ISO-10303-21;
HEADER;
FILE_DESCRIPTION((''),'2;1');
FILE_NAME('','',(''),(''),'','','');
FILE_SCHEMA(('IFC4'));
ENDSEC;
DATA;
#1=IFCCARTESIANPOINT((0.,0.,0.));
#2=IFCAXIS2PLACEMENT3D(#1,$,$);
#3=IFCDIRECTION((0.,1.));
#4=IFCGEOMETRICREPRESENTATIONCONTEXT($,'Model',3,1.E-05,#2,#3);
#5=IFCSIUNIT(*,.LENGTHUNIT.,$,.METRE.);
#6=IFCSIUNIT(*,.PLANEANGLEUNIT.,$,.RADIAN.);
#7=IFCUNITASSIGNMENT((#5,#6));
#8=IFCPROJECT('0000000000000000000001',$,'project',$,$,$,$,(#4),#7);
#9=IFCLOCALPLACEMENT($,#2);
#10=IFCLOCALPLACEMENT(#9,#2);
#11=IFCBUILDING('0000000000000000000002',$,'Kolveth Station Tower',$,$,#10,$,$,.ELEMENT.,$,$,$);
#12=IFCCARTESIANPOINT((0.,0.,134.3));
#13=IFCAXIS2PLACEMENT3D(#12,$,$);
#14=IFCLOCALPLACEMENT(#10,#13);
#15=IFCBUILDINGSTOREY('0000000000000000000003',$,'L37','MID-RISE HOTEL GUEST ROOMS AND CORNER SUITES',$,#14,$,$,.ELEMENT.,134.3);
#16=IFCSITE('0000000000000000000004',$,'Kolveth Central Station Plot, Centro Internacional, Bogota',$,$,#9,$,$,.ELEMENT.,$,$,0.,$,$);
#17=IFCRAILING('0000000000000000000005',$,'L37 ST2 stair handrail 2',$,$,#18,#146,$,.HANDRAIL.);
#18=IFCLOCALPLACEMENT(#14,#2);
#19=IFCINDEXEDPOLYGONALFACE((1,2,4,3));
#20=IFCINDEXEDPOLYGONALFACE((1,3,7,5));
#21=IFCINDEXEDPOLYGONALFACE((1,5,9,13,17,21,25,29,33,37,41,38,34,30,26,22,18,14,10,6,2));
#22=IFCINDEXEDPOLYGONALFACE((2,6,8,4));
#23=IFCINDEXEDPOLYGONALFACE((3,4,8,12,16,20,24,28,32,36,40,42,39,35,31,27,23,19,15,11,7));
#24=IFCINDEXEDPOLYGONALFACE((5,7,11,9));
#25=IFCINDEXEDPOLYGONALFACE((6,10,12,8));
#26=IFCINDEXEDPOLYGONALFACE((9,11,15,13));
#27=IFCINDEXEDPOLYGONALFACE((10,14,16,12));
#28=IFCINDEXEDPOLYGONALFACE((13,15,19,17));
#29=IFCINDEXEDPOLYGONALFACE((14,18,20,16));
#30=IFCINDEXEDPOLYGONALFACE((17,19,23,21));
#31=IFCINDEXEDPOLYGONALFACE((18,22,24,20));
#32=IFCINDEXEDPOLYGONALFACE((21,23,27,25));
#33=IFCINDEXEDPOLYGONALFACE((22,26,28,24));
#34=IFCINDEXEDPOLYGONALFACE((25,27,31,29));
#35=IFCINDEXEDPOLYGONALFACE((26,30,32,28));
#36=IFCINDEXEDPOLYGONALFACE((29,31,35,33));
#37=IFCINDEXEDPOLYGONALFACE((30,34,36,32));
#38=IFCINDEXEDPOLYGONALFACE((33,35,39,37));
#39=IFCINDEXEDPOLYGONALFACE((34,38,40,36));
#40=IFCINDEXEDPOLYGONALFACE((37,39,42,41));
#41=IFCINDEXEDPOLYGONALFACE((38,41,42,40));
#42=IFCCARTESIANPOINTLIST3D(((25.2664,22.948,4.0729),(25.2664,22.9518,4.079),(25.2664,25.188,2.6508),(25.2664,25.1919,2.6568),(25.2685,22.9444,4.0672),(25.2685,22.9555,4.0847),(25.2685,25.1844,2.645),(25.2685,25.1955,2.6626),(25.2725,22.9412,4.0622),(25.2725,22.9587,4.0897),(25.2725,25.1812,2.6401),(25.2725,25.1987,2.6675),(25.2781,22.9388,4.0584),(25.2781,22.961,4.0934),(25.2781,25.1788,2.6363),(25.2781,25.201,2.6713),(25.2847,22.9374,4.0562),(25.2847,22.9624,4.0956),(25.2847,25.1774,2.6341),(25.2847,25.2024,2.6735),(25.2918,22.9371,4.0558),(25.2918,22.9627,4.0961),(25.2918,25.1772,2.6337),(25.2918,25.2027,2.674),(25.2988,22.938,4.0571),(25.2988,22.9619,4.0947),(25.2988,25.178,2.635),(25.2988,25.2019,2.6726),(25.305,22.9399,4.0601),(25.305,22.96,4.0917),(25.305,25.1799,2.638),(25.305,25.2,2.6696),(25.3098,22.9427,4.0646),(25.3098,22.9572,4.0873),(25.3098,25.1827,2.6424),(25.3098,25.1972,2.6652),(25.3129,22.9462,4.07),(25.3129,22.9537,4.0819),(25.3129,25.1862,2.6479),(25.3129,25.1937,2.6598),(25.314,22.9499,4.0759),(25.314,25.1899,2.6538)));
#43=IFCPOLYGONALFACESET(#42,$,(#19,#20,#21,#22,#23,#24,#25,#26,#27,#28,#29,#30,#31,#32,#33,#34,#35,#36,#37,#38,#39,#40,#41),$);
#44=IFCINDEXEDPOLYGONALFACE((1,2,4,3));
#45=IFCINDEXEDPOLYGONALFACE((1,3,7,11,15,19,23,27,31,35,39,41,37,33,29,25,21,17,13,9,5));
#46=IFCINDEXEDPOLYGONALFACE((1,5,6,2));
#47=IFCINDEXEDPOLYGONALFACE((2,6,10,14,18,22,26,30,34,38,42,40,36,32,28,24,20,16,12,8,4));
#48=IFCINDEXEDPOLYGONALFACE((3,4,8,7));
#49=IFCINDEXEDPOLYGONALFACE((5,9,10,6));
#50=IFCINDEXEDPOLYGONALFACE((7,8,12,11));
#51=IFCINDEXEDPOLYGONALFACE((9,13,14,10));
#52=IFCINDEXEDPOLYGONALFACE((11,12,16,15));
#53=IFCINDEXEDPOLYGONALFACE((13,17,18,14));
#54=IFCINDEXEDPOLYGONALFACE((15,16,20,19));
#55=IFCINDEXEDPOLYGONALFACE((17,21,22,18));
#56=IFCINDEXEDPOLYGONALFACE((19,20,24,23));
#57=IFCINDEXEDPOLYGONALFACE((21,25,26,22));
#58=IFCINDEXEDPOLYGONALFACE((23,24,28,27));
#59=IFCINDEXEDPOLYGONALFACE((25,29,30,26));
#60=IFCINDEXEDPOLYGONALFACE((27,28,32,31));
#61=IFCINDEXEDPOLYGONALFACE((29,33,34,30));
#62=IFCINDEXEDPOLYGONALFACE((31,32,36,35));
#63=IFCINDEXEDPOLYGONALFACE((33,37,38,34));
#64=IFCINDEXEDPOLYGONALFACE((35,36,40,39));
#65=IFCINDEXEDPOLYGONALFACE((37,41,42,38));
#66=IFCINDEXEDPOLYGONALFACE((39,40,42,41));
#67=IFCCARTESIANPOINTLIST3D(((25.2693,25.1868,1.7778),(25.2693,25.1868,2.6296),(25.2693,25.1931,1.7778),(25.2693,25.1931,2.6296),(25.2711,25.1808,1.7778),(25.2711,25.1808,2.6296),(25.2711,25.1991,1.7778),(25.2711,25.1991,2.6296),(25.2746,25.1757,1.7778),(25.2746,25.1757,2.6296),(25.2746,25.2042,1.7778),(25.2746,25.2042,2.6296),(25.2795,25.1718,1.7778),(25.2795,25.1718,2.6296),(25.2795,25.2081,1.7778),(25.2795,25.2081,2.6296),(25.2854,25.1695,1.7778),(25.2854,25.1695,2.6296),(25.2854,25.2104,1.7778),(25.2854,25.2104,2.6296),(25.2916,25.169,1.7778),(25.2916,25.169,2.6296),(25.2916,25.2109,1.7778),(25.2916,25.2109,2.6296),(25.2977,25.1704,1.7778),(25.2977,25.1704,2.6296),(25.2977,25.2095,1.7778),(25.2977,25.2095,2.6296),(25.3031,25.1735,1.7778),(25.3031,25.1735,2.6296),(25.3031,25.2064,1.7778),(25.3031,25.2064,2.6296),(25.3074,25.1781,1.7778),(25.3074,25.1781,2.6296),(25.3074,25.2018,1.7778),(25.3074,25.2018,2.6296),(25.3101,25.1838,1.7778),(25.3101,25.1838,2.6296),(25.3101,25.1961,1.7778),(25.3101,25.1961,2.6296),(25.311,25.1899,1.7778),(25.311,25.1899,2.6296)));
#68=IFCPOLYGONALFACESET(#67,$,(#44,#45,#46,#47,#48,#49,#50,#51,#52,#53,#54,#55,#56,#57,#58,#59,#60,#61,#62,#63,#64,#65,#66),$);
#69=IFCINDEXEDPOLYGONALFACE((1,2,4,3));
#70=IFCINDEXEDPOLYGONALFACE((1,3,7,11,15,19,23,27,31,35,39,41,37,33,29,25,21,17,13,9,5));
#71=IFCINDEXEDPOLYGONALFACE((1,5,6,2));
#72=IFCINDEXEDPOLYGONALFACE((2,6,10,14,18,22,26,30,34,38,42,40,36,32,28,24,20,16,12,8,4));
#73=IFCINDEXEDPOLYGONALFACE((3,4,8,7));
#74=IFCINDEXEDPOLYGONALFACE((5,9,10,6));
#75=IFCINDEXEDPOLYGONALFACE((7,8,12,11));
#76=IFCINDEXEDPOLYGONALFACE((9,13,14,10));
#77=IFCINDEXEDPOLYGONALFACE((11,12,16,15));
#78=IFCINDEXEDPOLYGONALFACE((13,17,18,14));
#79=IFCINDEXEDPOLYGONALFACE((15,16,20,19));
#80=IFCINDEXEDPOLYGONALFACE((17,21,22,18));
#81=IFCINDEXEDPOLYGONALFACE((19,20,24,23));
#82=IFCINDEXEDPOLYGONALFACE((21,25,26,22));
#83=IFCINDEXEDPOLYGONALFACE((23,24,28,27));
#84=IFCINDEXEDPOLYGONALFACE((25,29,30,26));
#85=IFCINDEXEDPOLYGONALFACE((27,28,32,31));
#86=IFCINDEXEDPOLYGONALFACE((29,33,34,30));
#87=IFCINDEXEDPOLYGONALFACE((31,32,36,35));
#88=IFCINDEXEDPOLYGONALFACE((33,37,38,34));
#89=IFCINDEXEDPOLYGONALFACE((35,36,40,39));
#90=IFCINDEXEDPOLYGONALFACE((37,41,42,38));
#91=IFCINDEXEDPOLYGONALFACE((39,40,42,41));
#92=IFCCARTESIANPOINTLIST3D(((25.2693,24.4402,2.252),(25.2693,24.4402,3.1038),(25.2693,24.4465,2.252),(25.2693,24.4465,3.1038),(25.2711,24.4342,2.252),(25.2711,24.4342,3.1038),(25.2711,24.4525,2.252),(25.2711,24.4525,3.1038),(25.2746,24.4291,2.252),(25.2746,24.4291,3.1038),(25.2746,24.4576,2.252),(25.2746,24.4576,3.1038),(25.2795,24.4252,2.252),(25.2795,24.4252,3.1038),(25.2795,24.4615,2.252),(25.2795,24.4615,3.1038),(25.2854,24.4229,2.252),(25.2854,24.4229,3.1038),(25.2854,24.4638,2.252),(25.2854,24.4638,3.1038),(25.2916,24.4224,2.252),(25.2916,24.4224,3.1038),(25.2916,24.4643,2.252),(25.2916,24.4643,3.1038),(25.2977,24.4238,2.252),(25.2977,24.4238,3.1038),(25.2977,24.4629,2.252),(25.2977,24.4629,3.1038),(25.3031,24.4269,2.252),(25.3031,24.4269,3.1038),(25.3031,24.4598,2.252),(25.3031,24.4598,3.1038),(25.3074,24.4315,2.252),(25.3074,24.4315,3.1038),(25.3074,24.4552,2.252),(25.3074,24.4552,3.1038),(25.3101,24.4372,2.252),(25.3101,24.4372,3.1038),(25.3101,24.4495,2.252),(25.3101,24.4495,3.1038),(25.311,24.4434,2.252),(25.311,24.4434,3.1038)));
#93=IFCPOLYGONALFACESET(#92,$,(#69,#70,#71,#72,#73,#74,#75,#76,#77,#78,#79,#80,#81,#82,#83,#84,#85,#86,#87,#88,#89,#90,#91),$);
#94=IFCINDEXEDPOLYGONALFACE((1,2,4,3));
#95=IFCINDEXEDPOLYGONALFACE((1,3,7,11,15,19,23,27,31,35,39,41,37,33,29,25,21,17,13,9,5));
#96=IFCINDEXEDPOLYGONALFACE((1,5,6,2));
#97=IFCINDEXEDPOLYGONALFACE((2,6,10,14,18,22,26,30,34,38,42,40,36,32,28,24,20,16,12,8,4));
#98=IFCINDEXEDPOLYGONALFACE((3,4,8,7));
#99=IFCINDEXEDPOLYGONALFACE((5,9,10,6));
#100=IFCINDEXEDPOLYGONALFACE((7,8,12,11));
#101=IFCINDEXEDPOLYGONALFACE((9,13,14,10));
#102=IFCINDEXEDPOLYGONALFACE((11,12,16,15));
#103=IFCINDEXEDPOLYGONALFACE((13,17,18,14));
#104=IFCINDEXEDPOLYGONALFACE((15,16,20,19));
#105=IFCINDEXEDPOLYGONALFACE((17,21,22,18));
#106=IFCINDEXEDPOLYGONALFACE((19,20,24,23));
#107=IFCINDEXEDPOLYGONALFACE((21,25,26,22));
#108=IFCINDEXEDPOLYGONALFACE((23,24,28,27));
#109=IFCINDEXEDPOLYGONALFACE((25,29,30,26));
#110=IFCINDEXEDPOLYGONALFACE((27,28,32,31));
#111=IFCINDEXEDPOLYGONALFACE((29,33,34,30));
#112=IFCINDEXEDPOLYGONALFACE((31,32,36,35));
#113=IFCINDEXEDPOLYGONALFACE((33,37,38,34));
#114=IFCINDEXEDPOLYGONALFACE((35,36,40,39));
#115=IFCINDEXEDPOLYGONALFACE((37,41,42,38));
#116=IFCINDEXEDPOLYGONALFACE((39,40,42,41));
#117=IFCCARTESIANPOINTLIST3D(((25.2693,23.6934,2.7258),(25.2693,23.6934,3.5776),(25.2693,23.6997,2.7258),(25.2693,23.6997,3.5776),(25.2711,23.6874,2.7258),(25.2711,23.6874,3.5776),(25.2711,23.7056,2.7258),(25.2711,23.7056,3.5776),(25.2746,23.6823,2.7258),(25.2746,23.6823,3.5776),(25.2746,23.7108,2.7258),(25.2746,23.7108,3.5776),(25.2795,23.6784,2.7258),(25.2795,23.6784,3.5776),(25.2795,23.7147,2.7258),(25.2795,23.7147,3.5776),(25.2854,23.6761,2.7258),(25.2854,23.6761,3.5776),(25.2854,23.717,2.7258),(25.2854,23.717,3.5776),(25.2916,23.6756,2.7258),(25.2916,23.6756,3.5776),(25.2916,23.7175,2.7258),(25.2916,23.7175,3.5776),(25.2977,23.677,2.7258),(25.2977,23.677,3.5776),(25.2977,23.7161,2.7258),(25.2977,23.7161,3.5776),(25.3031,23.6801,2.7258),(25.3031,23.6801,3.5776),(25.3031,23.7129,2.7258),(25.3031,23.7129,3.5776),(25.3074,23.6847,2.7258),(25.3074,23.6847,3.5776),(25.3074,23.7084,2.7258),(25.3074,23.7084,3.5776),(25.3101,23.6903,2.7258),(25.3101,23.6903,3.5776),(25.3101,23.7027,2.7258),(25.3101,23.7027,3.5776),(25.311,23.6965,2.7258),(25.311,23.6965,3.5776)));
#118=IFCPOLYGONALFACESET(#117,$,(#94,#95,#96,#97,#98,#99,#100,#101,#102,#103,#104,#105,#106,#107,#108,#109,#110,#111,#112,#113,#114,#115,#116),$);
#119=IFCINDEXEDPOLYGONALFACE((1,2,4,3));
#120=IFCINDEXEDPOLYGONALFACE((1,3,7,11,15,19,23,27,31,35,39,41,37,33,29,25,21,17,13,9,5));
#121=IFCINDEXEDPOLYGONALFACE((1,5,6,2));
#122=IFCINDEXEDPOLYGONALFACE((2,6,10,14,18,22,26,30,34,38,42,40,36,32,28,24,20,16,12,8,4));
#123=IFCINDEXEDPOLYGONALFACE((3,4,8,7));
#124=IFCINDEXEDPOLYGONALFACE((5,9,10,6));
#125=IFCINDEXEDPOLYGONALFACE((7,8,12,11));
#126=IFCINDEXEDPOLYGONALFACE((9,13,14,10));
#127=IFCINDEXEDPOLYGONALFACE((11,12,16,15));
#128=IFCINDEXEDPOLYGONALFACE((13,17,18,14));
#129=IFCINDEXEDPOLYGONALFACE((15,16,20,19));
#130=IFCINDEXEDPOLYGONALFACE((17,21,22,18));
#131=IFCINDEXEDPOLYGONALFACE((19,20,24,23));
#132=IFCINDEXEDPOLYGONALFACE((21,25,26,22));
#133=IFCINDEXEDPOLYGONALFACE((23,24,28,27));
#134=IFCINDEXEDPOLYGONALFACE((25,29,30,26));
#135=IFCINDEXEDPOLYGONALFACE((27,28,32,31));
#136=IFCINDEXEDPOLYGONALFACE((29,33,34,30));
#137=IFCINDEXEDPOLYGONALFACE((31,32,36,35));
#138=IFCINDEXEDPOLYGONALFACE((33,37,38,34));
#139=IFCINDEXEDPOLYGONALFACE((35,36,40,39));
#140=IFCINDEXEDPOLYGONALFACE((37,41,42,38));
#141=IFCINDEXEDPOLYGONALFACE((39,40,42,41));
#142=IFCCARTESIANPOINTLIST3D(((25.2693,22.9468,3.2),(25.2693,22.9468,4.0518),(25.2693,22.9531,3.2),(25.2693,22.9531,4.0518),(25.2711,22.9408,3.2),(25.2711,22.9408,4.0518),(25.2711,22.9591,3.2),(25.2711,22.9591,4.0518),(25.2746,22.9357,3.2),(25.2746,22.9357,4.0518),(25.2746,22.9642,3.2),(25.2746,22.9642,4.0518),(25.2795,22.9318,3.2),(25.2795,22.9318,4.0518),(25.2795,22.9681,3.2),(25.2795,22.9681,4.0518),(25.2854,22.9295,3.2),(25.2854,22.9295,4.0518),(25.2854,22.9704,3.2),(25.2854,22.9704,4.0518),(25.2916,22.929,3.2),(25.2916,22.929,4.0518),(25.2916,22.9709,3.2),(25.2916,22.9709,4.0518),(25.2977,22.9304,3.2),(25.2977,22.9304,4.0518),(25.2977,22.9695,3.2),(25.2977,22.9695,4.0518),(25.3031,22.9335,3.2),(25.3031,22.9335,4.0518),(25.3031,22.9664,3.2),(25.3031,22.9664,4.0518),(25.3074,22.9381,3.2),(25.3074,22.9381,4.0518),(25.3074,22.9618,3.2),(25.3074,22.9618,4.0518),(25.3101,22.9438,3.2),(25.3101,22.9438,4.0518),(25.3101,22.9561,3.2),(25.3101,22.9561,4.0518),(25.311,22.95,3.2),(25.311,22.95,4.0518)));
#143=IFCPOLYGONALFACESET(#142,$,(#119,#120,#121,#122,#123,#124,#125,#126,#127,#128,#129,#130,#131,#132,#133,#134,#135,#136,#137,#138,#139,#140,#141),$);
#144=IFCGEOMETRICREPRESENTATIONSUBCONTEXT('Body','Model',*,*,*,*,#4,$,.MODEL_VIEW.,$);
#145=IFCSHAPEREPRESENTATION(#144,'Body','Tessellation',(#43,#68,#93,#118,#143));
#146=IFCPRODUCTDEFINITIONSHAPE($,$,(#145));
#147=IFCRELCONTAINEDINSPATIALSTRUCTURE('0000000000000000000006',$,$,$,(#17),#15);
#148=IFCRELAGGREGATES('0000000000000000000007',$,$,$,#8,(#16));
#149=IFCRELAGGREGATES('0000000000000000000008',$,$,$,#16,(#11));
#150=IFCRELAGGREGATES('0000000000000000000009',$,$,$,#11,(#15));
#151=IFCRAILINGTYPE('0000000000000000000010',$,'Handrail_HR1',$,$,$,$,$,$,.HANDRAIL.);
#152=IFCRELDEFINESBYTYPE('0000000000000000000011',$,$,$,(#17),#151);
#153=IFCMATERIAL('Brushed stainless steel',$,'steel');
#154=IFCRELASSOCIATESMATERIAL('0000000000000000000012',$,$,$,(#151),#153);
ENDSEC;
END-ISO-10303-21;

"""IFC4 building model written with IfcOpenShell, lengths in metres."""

from ifc_helpers import new_model, si_unit, direction, frame, origin, origin_2d, place, context, subcontext, project, spatial, circle, extrude, material, type_object, element, save


model = new_model("IFC4")

# Units and contexts
model_context = context("Model", 3, precision=1e-05, world=origin(), true_north=direction((0.0, 1.0)))
body_context = subcontext(model_context, "Body", "Model", "MODEL_VIEW")
ifc_project = project(units=[si_unit("LENGTHUNIT", "METRE"), si_unit("PLANEANGLEUNIT", "RADIAN")], contexts=[model_context])

# Site, building, storey
site_placement = place(None, origin())
site = spatial("IfcSite", under=ifc_project, at=site_placement, Name="Kolveth Central Station Plot, Centro Internacional, Bogota", CompositionType="ELEMENT", RefElevation=0.0)
building_placement = place(site_placement, origin())
building = spatial("IfcBuilding", under=site, at=building_placement, Name="Kolveth Station Tower", CompositionType="ELEMENT")
storey_placement = place(building_placement, frame((0.0, 0.0, 134.3)))
storey = spatial("IfcBuildingStorey", under=building, at=storey_placement, Name="L37", Description="MID-RISE HOTEL GUEST ROOMS AND CORNER SUITES", CompositionType="ELEMENT", Elevation=134.3)

# Railing
ifc_material_1 = material(Name="Brushed stainless steel", Category="steel")
railing_type_1 = type_object("IfcRailingType", Name="Handrail_HR1", PredefinedType="HANDRAIL", material=ifc_material_1)
railing_1_placement = place(storey_placement, frame((25.29, 25.1899, 1.7778)))
element("IfcRailing", 1, at=railing_1_placement, inside=storey, type_object=railing_type_1, Name="L37 ST2 stair handrail 2", PredefinedType="HANDRAIL", context=body_context, shape_type="SweptSolid", body=[
    extrude(circle(Radius=0.0239, at=origin_2d()), frame((0.0, 0.0, 0.876), z_axis=(0.0, -0.844229, 0.535982), x_axis=(1.0, 0.0, 0.0)), (0.0, 0.0, 1.0), 2.6533),
    extrude(circle(Radius=0.021, at=origin_2d()), origin(), (0.0, 0.0, 1.0), 0.8518),
    extrude(circle(Radius=0.021, at=origin_2d()), frame((0.0, -0.7466, 0.4741)), (0.0, 0.0, 1.0), 0.8518),
    extrude(circle(Radius=0.021, at=origin_2d()), frame((0.0, -1.4934, 0.948)), (0.0, 0.0, 1.0), 0.8518),
    extrude(circle(Radius=0.021, at=origin_2d()), frame((0.0, -2.24, 1.4221)), (0.0, 0.0, 1.0), 0.8518),
])

save(model, "model.ifc")
